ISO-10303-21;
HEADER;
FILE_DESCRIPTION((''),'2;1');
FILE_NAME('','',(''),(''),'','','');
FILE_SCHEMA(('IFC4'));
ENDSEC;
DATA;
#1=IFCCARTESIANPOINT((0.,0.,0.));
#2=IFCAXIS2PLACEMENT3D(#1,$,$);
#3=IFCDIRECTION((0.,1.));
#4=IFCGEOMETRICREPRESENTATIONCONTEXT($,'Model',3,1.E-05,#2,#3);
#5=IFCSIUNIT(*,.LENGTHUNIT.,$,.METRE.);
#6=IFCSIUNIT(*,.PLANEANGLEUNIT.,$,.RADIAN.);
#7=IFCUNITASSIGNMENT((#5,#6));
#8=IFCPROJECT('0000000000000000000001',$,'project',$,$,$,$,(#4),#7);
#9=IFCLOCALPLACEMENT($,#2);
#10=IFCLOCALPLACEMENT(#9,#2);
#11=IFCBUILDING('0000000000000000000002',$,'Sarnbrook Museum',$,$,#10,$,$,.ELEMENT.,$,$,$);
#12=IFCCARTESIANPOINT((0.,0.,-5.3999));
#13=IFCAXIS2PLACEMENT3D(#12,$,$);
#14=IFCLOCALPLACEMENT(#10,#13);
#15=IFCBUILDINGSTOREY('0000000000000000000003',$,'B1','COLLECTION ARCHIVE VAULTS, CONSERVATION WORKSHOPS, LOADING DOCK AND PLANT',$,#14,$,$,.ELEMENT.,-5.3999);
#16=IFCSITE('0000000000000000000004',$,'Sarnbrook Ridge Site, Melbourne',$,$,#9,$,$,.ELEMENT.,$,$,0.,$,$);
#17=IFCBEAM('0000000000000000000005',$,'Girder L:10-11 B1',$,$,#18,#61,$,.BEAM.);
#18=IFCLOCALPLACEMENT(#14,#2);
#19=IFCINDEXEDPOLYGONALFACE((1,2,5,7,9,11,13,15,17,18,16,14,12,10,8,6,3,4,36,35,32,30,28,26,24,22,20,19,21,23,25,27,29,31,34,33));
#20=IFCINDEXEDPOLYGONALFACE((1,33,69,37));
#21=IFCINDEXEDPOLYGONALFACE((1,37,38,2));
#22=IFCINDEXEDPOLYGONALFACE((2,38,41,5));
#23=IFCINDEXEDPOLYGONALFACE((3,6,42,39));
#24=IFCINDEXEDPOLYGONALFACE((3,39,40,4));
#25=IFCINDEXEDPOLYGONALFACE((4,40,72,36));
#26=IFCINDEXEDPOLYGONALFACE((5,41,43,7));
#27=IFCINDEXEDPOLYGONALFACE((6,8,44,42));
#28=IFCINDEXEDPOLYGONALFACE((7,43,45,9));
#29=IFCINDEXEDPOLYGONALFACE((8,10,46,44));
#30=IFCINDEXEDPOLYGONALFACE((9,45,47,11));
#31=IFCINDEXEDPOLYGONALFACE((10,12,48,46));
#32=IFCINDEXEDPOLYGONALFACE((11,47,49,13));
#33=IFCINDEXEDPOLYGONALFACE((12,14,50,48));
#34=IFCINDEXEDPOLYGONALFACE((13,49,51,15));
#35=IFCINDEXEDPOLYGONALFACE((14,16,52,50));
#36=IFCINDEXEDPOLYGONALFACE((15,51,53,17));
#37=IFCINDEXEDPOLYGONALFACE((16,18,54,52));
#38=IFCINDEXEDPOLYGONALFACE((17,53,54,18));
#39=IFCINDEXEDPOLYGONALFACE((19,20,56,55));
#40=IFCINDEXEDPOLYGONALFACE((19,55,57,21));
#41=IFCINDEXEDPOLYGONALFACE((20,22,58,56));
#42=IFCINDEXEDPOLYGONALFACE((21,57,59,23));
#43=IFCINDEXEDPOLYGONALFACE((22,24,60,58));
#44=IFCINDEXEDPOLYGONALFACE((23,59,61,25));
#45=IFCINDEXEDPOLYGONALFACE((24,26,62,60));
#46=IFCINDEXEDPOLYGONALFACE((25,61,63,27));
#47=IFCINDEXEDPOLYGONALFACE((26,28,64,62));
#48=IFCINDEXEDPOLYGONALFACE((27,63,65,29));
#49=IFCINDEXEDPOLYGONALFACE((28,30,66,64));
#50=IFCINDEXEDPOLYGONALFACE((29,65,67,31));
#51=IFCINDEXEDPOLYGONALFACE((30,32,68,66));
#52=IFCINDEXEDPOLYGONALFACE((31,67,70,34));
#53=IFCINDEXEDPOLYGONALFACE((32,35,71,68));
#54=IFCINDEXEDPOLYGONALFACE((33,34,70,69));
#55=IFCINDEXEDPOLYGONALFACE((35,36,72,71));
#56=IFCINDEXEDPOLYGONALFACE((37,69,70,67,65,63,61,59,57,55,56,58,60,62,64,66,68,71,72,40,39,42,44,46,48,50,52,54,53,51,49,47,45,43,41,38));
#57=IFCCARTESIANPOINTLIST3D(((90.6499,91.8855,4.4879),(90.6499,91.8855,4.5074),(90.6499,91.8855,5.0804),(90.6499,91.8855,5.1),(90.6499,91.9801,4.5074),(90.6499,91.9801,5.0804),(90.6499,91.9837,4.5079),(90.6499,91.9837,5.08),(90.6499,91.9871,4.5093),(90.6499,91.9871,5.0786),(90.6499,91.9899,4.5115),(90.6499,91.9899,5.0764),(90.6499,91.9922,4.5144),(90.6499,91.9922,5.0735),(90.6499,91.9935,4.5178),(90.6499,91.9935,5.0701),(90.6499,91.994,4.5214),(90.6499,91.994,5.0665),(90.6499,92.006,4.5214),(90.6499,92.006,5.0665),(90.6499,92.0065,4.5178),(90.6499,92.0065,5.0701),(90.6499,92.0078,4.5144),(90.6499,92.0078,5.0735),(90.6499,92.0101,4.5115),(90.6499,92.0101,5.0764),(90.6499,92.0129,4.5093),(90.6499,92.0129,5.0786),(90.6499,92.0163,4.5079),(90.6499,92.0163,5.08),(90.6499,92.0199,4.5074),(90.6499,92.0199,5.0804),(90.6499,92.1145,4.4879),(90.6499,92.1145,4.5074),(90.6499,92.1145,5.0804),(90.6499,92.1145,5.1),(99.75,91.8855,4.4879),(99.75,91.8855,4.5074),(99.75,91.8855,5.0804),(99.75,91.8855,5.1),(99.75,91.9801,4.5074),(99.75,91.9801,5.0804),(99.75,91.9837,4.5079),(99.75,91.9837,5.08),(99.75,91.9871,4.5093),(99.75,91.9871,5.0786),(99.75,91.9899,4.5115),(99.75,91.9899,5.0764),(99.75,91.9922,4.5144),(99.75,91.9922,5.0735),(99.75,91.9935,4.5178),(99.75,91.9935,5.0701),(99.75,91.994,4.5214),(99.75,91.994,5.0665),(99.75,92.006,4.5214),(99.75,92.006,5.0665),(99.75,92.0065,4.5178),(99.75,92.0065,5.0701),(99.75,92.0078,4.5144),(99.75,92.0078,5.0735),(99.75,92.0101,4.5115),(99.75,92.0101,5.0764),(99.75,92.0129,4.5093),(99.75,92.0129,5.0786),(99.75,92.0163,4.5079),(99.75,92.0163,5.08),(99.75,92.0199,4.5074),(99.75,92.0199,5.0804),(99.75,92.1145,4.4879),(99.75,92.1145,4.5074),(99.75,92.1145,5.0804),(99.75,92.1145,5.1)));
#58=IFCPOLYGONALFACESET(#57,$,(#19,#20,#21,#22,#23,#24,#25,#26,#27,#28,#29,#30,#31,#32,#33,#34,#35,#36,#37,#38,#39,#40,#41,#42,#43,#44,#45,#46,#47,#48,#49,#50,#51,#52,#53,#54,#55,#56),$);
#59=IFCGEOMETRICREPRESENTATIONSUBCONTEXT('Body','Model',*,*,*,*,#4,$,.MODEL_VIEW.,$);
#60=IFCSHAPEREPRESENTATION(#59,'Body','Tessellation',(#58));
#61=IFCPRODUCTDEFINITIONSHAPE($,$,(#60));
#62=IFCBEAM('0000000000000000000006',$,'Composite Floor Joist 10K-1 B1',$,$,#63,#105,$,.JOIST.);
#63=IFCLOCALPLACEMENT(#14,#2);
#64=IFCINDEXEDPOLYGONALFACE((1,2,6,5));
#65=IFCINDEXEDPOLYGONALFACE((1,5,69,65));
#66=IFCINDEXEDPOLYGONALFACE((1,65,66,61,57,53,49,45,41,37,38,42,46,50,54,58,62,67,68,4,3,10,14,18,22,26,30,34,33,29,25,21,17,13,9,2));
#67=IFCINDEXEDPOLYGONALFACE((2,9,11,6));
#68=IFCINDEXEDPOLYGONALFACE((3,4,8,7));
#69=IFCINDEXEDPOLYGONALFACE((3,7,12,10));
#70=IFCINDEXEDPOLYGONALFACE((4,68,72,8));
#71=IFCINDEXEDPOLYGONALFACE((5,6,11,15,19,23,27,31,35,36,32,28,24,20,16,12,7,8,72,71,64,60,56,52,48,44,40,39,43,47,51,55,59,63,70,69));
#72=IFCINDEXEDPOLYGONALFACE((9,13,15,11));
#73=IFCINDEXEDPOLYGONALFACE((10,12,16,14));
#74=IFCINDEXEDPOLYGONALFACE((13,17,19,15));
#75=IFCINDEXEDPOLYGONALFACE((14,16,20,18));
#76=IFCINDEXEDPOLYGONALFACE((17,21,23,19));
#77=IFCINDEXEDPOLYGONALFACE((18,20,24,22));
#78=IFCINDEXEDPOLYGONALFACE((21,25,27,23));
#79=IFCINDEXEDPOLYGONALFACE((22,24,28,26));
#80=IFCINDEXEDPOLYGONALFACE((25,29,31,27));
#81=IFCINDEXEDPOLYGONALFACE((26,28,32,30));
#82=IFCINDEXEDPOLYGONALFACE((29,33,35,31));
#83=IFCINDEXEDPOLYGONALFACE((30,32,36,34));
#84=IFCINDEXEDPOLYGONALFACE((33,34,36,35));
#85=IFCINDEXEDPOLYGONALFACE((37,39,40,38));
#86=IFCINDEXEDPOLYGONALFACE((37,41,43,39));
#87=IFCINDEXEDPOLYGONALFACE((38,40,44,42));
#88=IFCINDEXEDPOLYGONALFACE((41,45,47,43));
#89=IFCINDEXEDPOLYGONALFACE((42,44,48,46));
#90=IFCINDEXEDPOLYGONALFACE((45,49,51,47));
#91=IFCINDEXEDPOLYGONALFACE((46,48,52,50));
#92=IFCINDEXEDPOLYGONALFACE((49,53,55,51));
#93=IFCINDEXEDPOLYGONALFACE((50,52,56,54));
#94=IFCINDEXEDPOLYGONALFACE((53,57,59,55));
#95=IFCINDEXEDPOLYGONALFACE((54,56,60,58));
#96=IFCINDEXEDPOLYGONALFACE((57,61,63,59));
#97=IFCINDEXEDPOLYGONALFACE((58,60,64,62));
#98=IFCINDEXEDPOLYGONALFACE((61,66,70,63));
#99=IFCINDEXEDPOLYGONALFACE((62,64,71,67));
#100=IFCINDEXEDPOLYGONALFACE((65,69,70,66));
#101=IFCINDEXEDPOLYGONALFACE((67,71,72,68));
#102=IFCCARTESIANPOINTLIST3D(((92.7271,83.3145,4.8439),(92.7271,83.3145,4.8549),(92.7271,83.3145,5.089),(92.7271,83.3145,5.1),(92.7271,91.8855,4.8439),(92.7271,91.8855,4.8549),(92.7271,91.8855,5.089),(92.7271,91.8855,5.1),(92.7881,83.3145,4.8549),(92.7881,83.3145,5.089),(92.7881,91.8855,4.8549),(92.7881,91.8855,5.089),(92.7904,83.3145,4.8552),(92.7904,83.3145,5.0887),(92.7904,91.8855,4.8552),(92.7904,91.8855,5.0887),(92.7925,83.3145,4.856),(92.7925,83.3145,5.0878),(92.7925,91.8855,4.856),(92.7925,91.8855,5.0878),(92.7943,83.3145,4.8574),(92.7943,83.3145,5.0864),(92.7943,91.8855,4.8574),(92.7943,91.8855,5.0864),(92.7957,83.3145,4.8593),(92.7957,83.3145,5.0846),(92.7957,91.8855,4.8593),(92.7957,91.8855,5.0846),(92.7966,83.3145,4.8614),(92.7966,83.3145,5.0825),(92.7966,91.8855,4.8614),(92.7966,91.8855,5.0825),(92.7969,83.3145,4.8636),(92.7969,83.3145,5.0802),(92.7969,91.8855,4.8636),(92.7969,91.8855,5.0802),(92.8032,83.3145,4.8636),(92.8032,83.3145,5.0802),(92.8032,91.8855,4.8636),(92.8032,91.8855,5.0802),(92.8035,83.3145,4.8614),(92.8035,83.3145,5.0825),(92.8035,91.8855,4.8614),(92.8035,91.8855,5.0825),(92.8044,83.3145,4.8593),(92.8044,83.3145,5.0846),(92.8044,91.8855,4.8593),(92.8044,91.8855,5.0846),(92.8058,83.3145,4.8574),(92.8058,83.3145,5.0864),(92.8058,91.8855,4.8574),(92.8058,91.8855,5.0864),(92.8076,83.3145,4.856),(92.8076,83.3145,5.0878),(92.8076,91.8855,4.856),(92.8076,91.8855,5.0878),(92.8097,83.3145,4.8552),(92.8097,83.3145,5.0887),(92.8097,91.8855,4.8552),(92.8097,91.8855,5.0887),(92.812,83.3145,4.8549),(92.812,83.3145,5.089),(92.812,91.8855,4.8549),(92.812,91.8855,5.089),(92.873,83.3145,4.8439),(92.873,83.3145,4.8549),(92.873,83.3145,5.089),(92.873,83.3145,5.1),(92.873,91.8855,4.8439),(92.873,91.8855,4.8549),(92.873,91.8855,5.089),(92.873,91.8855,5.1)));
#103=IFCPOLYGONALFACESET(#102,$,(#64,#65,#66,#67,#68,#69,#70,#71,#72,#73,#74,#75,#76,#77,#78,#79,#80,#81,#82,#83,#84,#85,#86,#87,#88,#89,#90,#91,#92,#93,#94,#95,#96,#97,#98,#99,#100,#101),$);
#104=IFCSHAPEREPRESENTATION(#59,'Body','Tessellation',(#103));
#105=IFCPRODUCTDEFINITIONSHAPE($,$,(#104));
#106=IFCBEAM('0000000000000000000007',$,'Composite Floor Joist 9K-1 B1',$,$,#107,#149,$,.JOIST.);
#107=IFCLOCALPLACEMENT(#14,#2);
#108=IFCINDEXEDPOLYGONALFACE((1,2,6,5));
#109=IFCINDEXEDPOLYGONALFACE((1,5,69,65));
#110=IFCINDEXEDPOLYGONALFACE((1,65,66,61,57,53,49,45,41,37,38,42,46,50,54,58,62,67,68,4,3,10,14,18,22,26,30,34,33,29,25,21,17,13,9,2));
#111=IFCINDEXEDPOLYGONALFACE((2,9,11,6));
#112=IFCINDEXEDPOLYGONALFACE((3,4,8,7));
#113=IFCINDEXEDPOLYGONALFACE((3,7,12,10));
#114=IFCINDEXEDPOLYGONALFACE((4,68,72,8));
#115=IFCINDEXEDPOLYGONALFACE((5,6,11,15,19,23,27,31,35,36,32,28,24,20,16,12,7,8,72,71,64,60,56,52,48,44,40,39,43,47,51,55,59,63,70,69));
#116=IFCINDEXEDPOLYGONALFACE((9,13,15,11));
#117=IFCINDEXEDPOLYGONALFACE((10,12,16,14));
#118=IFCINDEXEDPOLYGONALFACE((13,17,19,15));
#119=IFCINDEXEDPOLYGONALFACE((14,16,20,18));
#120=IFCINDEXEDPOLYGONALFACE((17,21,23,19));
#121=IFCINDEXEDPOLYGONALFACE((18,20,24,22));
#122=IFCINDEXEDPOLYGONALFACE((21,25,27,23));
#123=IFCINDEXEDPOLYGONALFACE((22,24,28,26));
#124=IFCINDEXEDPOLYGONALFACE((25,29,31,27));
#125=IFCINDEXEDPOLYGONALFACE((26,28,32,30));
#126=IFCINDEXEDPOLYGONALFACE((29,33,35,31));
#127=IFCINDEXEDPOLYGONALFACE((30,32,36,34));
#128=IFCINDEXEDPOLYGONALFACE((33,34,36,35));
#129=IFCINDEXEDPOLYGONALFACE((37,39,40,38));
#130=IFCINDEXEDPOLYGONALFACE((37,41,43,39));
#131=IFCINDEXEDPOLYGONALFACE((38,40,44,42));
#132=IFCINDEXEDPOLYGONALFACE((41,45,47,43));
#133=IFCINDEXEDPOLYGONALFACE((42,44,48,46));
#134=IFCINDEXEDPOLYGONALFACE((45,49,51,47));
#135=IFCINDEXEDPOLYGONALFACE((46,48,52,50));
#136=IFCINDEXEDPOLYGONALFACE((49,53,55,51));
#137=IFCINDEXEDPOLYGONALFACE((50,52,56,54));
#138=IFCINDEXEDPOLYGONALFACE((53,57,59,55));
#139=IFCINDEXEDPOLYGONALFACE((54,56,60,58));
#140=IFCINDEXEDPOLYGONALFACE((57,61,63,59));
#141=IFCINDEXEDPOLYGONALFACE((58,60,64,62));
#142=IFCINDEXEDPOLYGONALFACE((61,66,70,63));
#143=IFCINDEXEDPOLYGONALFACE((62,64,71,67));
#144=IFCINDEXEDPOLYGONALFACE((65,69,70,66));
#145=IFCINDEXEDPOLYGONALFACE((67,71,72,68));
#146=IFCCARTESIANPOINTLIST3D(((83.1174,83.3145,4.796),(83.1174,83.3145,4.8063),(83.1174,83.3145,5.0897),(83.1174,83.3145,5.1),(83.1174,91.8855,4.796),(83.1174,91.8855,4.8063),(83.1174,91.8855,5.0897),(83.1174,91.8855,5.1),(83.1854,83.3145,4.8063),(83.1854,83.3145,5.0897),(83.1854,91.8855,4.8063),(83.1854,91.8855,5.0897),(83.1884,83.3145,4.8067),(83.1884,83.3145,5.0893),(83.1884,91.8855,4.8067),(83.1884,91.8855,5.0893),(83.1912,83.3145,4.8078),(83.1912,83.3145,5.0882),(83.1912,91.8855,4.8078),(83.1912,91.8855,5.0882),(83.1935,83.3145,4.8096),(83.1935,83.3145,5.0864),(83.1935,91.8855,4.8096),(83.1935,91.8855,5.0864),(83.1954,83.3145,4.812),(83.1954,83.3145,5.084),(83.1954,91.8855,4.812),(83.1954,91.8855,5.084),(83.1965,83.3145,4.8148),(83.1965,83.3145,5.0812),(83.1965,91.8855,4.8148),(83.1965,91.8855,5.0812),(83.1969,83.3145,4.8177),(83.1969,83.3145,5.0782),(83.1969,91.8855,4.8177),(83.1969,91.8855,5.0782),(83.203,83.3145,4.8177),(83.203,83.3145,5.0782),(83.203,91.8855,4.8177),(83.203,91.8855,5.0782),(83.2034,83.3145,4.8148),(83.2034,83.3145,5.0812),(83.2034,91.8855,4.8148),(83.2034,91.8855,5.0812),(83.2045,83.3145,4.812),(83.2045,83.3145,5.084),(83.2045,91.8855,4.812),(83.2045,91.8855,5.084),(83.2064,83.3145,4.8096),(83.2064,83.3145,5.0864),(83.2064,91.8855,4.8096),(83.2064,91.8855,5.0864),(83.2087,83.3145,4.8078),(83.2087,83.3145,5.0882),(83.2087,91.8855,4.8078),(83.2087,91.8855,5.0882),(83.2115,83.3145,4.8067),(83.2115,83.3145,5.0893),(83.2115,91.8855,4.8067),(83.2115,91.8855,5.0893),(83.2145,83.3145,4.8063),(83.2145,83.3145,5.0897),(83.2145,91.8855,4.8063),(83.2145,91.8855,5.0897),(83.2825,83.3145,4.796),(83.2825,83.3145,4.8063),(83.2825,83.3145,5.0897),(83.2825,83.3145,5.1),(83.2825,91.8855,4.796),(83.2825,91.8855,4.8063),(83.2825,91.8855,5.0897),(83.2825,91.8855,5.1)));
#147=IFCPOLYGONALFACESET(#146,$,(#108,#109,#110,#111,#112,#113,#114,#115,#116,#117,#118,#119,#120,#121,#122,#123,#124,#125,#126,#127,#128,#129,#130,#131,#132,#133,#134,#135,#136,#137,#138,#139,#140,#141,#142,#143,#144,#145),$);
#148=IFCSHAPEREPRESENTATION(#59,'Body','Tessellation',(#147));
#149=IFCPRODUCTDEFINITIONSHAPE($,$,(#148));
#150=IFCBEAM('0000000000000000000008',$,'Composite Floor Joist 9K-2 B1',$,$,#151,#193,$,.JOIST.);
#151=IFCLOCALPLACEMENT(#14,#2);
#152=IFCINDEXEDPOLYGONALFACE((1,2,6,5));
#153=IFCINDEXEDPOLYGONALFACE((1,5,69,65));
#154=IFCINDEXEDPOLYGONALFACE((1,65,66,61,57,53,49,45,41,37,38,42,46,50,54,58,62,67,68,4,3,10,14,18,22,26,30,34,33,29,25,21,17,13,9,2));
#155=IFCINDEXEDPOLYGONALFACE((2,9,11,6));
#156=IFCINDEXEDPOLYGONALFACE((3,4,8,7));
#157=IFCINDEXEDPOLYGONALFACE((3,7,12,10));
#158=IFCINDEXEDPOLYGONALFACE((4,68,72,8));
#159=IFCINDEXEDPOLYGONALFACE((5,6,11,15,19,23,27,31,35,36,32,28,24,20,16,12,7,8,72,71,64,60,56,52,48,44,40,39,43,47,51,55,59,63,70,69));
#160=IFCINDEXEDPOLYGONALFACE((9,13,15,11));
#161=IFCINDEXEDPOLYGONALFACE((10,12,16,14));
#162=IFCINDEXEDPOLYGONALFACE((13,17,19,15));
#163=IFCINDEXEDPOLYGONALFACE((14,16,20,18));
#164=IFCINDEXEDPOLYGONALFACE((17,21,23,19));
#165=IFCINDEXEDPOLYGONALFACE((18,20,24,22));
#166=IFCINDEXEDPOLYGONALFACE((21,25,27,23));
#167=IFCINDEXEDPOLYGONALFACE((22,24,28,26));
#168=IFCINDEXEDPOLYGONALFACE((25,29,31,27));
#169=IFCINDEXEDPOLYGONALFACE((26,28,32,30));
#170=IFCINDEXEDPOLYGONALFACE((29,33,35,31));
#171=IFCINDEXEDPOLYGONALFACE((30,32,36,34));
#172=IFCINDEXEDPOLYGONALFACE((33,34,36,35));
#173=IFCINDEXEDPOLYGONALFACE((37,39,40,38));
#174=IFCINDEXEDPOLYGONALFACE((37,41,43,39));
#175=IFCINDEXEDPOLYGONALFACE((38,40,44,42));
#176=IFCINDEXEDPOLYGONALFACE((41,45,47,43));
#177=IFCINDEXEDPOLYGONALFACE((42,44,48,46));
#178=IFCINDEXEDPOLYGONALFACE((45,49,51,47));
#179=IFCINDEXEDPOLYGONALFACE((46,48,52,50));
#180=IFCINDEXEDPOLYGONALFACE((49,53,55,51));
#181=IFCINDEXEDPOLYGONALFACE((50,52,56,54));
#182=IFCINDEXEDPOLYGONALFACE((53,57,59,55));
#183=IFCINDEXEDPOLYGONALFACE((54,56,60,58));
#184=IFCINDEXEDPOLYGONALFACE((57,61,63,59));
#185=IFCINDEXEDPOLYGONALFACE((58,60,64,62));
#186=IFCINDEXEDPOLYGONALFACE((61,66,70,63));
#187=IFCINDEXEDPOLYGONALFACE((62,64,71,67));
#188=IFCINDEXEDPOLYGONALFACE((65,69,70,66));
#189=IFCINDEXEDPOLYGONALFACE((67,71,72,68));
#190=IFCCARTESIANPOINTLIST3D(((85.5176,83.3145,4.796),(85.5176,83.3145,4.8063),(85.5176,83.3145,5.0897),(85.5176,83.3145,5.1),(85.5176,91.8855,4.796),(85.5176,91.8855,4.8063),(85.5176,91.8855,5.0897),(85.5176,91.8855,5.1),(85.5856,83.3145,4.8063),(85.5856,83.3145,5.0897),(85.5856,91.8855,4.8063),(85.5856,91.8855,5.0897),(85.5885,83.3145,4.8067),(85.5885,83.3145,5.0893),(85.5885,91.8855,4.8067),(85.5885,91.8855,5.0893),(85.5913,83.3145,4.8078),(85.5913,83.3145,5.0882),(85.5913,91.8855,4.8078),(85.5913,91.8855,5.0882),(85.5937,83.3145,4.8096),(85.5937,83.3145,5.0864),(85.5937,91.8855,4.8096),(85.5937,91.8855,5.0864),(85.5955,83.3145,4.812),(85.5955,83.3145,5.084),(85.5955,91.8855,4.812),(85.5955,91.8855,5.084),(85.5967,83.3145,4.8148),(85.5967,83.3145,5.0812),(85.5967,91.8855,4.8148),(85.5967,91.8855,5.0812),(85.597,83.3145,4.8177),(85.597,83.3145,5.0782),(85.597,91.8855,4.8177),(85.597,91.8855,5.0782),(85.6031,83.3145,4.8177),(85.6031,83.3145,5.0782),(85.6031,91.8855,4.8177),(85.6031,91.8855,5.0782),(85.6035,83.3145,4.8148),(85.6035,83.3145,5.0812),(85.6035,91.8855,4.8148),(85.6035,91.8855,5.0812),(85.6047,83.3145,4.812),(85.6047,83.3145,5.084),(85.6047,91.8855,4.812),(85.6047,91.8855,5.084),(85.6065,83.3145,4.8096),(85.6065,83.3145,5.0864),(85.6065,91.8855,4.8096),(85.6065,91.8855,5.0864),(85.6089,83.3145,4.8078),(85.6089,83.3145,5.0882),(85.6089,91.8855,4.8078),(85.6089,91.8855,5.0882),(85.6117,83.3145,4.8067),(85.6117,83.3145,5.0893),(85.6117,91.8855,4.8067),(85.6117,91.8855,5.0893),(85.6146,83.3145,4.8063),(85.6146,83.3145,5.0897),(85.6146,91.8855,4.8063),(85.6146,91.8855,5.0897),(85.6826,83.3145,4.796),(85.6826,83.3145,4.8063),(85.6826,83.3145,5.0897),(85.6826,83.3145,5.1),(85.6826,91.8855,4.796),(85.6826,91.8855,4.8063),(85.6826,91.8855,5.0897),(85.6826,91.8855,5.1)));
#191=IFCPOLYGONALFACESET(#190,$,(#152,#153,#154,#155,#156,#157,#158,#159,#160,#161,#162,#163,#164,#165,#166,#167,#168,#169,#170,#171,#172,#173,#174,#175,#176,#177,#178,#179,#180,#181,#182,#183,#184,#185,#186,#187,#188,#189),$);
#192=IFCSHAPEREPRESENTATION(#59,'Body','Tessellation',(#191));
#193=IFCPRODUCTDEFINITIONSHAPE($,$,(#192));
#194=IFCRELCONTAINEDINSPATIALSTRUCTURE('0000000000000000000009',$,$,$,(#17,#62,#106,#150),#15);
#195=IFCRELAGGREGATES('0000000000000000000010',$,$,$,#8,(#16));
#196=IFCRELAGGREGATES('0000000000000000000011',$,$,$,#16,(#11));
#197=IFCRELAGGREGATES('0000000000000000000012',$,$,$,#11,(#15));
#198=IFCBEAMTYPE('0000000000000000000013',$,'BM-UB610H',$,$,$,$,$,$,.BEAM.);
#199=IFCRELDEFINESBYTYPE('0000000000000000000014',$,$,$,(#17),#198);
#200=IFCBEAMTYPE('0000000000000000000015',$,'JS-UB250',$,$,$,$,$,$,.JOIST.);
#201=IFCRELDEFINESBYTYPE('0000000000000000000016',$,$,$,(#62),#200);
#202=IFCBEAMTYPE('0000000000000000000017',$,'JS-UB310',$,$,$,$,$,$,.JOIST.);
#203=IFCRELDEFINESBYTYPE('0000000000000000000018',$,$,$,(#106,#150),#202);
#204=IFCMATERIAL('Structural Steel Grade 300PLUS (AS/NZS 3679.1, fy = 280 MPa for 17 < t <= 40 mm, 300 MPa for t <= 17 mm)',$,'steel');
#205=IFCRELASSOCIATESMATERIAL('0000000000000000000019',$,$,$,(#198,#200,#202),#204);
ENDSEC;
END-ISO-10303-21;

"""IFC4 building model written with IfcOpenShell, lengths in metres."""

from ifc_helpers import new_model, si_unit, direction, frame, origin, origin_2d, place, context, subcontext, project, spatial, i_section, extrude, material, material_profile, profile_set, type_object, element, save


model = new_model("IFC4")

# Units and contexts
model_context = context("Model", 3, precision=1e-05, world=origin(), true_north=direction((0.0, 1.0)))
body_context = subcontext(model_context, "Body", "Model", "MODEL_VIEW")
ifc_project = project(units=[si_unit("LENGTHUNIT", "METRE"), si_unit("PLANEANGLEUNIT", "RADIAN")], contexts=[model_context])

# Site, building, storey
site_placement = place(None, origin())
site = spatial("IfcSite", under=ifc_project, at=site_placement, Name="Sarnbrook Ridge Site, Melbourne", CompositionType="ELEMENT", RefElevation=0.0)
building_placement = place(site_placement, origin())
building = spatial("IfcBuilding", under=site, at=building_placement, Name="Sarnbrook Museum", CompositionType="ELEMENT")
storey_placement = place(building_placement, frame((0.0, 0.0, -5.3999)))
storey = spatial("IfcBuildingStorey", under=building, at=storey_placement, Name="B1", Description="COLLECTION ARCHIVE VAULTS, CONSERVATION WORKSHOPS, LOADING DOCK AND PLANT", CompositionType="ELEMENT", Elevation=-5.3999)

# Beams
ifc_material_1 = material(Name="Structural Steel Grade 300PLUS (AS/NZS 3679.1, fy = 280 MPa for 17 < t <= 40 mm, 300 MPa for t <= 17 mm)", Category="steel")
ifc_material_profile_1 = material_profile(ifc_material_1, i_section(OverallWidth=0.229, OverallDepth=0.6121, WebThickness=0.012, FlangeThickness=0.0195, FilletRadius=0.0139, at=origin_2d()), Name="610UB125")
ifc_profile_set_1 = profile_set([ifc_material_profile_1], Name="Structural Steel Grade 300PLUS (AS/NZS 3679.1, fy = 280 MPa for 17 < t <= 40 mm, 300 MPa for t <= 17 mm)")
beam_type_1 = type_object("IfcBeamType", Name="BM-UB610H", PredefinedType="BEAM", material=ifc_profile_set_1)
beam_1_placement = place(storey_placement, frame((90.6499, 92.0, 4.7939), z_axis=(1.0, 0.0, 0.0), x_axis=(0.0, 1.0, 0.0)))
element("IfcBeam", 1, at=beam_1_placement, inside=storey, type_object=beam_type_1, Name="Girder L:10-11 B1", PredefinedType="BEAM", context=body_context, shape_type="SweptSolid", body=[
    extrude(i_section(OverallWidth=0.229, OverallDepth=0.6121, WebThickness=0.012, FlangeThickness=0.0195, FilletRadius=0.0139, at=origin_2d()), origin(), (0.0, 0.0, 1.0), 9.1001),
])
ifc_material_profile_2 = material_profile(ifc_material_1, i_section(OverallWidth=0.146, OverallDepth=0.2561, WebThickness=0.0063, FlangeThickness=0.011, FilletRadius=0.0088, at=origin_2d()), Name="250UB37.3")
ifc_profile_set_2 = profile_set([ifc_material_profile_2], Name="Structural Steel Grade 300PLUS (AS/NZS 3679.1, fy = 280 MPa for 17 < t <= 40 mm, 300 MPa for t <= 17 mm)")
beam_type_2 = type_object("IfcBeamType", Name="JS-UB250", PredefinedType="JOIST", material=ifc_profile_set_2)
beam_2_placement = place(storey_placement, frame((92.8, 83.3145, 4.9719), z_axis=(0.0, 1.0, 0.0), x_axis=(-1.0, 0.0, 0.0)))
element("IfcBeam", 2, at=beam_2_placement, inside=storey, type_object=beam_type_2, Name="Composite Floor Joist 10K-1 B1", PredefinedType="JOIST", context=body_context, shape_type="SweptSolid", body=[
    extrude(i_section(OverallWidth=0.146, OverallDepth=0.2561, WebThickness=0.0063, FlangeThickness=0.011, FilletRadius=0.0088, at=origin_2d()), origin(), (0.0, 0.0, 1.0), 8.571),
])
ifc_material_profile_3 = material_profile(ifc_material_1, i_section(OverallWidth=0.165, OverallDepth=0.304, WebThickness=0.0061, FlangeThickness=0.0103, FilletRadius=0.0115, at=origin_2d()), Name="310UB40.4")
ifc_profile_set_3 = profile_set([ifc_material_profile_3], Name="Structural Steel Grade 300PLUS (AS/NZS 3679.1, fy = 280 MPa for 17 < t <= 40 mm, 300 MPa for t <= 17 mm)")
beam_type_3 = type_object("IfcBeamType", Name="JS-UB310", PredefinedType="JOIST", material=ifc_profile_set_3)
for number, where, z_axis, x_axis, name in (
    (3, (83.2, 83.3145, 4.948), (0.0, 1.0, 0.0), (-1.0, 0.0, 0.0), "Composite Floor Joist 9K-1 B1"),
    (4, (85.6001, 83.3145, 4.948), (0.0, 1.0, 0.0), (-1.0, 0.0, 0.0), "Composite Floor Joist 9K-2 B1"),
):
    element("IfcBeam", number, at=place(storey_placement, frame(where, z_axis=z_axis, x_axis=x_axis)), inside=storey, type_object=beam_type_3, Name=name, PredefinedType="JOIST", context=body_context, shape_type="SweptSolid", body=[
        extrude(i_section(OverallWidth=0.165, OverallDepth=0.304, WebThickness=0.0061, FlangeThickness=0.0103, FilletRadius=0.0115, at=origin_2d()), origin(), (0.0, 0.0, 1.0), 8.571),
    ])

save(model, "model.ifc")
